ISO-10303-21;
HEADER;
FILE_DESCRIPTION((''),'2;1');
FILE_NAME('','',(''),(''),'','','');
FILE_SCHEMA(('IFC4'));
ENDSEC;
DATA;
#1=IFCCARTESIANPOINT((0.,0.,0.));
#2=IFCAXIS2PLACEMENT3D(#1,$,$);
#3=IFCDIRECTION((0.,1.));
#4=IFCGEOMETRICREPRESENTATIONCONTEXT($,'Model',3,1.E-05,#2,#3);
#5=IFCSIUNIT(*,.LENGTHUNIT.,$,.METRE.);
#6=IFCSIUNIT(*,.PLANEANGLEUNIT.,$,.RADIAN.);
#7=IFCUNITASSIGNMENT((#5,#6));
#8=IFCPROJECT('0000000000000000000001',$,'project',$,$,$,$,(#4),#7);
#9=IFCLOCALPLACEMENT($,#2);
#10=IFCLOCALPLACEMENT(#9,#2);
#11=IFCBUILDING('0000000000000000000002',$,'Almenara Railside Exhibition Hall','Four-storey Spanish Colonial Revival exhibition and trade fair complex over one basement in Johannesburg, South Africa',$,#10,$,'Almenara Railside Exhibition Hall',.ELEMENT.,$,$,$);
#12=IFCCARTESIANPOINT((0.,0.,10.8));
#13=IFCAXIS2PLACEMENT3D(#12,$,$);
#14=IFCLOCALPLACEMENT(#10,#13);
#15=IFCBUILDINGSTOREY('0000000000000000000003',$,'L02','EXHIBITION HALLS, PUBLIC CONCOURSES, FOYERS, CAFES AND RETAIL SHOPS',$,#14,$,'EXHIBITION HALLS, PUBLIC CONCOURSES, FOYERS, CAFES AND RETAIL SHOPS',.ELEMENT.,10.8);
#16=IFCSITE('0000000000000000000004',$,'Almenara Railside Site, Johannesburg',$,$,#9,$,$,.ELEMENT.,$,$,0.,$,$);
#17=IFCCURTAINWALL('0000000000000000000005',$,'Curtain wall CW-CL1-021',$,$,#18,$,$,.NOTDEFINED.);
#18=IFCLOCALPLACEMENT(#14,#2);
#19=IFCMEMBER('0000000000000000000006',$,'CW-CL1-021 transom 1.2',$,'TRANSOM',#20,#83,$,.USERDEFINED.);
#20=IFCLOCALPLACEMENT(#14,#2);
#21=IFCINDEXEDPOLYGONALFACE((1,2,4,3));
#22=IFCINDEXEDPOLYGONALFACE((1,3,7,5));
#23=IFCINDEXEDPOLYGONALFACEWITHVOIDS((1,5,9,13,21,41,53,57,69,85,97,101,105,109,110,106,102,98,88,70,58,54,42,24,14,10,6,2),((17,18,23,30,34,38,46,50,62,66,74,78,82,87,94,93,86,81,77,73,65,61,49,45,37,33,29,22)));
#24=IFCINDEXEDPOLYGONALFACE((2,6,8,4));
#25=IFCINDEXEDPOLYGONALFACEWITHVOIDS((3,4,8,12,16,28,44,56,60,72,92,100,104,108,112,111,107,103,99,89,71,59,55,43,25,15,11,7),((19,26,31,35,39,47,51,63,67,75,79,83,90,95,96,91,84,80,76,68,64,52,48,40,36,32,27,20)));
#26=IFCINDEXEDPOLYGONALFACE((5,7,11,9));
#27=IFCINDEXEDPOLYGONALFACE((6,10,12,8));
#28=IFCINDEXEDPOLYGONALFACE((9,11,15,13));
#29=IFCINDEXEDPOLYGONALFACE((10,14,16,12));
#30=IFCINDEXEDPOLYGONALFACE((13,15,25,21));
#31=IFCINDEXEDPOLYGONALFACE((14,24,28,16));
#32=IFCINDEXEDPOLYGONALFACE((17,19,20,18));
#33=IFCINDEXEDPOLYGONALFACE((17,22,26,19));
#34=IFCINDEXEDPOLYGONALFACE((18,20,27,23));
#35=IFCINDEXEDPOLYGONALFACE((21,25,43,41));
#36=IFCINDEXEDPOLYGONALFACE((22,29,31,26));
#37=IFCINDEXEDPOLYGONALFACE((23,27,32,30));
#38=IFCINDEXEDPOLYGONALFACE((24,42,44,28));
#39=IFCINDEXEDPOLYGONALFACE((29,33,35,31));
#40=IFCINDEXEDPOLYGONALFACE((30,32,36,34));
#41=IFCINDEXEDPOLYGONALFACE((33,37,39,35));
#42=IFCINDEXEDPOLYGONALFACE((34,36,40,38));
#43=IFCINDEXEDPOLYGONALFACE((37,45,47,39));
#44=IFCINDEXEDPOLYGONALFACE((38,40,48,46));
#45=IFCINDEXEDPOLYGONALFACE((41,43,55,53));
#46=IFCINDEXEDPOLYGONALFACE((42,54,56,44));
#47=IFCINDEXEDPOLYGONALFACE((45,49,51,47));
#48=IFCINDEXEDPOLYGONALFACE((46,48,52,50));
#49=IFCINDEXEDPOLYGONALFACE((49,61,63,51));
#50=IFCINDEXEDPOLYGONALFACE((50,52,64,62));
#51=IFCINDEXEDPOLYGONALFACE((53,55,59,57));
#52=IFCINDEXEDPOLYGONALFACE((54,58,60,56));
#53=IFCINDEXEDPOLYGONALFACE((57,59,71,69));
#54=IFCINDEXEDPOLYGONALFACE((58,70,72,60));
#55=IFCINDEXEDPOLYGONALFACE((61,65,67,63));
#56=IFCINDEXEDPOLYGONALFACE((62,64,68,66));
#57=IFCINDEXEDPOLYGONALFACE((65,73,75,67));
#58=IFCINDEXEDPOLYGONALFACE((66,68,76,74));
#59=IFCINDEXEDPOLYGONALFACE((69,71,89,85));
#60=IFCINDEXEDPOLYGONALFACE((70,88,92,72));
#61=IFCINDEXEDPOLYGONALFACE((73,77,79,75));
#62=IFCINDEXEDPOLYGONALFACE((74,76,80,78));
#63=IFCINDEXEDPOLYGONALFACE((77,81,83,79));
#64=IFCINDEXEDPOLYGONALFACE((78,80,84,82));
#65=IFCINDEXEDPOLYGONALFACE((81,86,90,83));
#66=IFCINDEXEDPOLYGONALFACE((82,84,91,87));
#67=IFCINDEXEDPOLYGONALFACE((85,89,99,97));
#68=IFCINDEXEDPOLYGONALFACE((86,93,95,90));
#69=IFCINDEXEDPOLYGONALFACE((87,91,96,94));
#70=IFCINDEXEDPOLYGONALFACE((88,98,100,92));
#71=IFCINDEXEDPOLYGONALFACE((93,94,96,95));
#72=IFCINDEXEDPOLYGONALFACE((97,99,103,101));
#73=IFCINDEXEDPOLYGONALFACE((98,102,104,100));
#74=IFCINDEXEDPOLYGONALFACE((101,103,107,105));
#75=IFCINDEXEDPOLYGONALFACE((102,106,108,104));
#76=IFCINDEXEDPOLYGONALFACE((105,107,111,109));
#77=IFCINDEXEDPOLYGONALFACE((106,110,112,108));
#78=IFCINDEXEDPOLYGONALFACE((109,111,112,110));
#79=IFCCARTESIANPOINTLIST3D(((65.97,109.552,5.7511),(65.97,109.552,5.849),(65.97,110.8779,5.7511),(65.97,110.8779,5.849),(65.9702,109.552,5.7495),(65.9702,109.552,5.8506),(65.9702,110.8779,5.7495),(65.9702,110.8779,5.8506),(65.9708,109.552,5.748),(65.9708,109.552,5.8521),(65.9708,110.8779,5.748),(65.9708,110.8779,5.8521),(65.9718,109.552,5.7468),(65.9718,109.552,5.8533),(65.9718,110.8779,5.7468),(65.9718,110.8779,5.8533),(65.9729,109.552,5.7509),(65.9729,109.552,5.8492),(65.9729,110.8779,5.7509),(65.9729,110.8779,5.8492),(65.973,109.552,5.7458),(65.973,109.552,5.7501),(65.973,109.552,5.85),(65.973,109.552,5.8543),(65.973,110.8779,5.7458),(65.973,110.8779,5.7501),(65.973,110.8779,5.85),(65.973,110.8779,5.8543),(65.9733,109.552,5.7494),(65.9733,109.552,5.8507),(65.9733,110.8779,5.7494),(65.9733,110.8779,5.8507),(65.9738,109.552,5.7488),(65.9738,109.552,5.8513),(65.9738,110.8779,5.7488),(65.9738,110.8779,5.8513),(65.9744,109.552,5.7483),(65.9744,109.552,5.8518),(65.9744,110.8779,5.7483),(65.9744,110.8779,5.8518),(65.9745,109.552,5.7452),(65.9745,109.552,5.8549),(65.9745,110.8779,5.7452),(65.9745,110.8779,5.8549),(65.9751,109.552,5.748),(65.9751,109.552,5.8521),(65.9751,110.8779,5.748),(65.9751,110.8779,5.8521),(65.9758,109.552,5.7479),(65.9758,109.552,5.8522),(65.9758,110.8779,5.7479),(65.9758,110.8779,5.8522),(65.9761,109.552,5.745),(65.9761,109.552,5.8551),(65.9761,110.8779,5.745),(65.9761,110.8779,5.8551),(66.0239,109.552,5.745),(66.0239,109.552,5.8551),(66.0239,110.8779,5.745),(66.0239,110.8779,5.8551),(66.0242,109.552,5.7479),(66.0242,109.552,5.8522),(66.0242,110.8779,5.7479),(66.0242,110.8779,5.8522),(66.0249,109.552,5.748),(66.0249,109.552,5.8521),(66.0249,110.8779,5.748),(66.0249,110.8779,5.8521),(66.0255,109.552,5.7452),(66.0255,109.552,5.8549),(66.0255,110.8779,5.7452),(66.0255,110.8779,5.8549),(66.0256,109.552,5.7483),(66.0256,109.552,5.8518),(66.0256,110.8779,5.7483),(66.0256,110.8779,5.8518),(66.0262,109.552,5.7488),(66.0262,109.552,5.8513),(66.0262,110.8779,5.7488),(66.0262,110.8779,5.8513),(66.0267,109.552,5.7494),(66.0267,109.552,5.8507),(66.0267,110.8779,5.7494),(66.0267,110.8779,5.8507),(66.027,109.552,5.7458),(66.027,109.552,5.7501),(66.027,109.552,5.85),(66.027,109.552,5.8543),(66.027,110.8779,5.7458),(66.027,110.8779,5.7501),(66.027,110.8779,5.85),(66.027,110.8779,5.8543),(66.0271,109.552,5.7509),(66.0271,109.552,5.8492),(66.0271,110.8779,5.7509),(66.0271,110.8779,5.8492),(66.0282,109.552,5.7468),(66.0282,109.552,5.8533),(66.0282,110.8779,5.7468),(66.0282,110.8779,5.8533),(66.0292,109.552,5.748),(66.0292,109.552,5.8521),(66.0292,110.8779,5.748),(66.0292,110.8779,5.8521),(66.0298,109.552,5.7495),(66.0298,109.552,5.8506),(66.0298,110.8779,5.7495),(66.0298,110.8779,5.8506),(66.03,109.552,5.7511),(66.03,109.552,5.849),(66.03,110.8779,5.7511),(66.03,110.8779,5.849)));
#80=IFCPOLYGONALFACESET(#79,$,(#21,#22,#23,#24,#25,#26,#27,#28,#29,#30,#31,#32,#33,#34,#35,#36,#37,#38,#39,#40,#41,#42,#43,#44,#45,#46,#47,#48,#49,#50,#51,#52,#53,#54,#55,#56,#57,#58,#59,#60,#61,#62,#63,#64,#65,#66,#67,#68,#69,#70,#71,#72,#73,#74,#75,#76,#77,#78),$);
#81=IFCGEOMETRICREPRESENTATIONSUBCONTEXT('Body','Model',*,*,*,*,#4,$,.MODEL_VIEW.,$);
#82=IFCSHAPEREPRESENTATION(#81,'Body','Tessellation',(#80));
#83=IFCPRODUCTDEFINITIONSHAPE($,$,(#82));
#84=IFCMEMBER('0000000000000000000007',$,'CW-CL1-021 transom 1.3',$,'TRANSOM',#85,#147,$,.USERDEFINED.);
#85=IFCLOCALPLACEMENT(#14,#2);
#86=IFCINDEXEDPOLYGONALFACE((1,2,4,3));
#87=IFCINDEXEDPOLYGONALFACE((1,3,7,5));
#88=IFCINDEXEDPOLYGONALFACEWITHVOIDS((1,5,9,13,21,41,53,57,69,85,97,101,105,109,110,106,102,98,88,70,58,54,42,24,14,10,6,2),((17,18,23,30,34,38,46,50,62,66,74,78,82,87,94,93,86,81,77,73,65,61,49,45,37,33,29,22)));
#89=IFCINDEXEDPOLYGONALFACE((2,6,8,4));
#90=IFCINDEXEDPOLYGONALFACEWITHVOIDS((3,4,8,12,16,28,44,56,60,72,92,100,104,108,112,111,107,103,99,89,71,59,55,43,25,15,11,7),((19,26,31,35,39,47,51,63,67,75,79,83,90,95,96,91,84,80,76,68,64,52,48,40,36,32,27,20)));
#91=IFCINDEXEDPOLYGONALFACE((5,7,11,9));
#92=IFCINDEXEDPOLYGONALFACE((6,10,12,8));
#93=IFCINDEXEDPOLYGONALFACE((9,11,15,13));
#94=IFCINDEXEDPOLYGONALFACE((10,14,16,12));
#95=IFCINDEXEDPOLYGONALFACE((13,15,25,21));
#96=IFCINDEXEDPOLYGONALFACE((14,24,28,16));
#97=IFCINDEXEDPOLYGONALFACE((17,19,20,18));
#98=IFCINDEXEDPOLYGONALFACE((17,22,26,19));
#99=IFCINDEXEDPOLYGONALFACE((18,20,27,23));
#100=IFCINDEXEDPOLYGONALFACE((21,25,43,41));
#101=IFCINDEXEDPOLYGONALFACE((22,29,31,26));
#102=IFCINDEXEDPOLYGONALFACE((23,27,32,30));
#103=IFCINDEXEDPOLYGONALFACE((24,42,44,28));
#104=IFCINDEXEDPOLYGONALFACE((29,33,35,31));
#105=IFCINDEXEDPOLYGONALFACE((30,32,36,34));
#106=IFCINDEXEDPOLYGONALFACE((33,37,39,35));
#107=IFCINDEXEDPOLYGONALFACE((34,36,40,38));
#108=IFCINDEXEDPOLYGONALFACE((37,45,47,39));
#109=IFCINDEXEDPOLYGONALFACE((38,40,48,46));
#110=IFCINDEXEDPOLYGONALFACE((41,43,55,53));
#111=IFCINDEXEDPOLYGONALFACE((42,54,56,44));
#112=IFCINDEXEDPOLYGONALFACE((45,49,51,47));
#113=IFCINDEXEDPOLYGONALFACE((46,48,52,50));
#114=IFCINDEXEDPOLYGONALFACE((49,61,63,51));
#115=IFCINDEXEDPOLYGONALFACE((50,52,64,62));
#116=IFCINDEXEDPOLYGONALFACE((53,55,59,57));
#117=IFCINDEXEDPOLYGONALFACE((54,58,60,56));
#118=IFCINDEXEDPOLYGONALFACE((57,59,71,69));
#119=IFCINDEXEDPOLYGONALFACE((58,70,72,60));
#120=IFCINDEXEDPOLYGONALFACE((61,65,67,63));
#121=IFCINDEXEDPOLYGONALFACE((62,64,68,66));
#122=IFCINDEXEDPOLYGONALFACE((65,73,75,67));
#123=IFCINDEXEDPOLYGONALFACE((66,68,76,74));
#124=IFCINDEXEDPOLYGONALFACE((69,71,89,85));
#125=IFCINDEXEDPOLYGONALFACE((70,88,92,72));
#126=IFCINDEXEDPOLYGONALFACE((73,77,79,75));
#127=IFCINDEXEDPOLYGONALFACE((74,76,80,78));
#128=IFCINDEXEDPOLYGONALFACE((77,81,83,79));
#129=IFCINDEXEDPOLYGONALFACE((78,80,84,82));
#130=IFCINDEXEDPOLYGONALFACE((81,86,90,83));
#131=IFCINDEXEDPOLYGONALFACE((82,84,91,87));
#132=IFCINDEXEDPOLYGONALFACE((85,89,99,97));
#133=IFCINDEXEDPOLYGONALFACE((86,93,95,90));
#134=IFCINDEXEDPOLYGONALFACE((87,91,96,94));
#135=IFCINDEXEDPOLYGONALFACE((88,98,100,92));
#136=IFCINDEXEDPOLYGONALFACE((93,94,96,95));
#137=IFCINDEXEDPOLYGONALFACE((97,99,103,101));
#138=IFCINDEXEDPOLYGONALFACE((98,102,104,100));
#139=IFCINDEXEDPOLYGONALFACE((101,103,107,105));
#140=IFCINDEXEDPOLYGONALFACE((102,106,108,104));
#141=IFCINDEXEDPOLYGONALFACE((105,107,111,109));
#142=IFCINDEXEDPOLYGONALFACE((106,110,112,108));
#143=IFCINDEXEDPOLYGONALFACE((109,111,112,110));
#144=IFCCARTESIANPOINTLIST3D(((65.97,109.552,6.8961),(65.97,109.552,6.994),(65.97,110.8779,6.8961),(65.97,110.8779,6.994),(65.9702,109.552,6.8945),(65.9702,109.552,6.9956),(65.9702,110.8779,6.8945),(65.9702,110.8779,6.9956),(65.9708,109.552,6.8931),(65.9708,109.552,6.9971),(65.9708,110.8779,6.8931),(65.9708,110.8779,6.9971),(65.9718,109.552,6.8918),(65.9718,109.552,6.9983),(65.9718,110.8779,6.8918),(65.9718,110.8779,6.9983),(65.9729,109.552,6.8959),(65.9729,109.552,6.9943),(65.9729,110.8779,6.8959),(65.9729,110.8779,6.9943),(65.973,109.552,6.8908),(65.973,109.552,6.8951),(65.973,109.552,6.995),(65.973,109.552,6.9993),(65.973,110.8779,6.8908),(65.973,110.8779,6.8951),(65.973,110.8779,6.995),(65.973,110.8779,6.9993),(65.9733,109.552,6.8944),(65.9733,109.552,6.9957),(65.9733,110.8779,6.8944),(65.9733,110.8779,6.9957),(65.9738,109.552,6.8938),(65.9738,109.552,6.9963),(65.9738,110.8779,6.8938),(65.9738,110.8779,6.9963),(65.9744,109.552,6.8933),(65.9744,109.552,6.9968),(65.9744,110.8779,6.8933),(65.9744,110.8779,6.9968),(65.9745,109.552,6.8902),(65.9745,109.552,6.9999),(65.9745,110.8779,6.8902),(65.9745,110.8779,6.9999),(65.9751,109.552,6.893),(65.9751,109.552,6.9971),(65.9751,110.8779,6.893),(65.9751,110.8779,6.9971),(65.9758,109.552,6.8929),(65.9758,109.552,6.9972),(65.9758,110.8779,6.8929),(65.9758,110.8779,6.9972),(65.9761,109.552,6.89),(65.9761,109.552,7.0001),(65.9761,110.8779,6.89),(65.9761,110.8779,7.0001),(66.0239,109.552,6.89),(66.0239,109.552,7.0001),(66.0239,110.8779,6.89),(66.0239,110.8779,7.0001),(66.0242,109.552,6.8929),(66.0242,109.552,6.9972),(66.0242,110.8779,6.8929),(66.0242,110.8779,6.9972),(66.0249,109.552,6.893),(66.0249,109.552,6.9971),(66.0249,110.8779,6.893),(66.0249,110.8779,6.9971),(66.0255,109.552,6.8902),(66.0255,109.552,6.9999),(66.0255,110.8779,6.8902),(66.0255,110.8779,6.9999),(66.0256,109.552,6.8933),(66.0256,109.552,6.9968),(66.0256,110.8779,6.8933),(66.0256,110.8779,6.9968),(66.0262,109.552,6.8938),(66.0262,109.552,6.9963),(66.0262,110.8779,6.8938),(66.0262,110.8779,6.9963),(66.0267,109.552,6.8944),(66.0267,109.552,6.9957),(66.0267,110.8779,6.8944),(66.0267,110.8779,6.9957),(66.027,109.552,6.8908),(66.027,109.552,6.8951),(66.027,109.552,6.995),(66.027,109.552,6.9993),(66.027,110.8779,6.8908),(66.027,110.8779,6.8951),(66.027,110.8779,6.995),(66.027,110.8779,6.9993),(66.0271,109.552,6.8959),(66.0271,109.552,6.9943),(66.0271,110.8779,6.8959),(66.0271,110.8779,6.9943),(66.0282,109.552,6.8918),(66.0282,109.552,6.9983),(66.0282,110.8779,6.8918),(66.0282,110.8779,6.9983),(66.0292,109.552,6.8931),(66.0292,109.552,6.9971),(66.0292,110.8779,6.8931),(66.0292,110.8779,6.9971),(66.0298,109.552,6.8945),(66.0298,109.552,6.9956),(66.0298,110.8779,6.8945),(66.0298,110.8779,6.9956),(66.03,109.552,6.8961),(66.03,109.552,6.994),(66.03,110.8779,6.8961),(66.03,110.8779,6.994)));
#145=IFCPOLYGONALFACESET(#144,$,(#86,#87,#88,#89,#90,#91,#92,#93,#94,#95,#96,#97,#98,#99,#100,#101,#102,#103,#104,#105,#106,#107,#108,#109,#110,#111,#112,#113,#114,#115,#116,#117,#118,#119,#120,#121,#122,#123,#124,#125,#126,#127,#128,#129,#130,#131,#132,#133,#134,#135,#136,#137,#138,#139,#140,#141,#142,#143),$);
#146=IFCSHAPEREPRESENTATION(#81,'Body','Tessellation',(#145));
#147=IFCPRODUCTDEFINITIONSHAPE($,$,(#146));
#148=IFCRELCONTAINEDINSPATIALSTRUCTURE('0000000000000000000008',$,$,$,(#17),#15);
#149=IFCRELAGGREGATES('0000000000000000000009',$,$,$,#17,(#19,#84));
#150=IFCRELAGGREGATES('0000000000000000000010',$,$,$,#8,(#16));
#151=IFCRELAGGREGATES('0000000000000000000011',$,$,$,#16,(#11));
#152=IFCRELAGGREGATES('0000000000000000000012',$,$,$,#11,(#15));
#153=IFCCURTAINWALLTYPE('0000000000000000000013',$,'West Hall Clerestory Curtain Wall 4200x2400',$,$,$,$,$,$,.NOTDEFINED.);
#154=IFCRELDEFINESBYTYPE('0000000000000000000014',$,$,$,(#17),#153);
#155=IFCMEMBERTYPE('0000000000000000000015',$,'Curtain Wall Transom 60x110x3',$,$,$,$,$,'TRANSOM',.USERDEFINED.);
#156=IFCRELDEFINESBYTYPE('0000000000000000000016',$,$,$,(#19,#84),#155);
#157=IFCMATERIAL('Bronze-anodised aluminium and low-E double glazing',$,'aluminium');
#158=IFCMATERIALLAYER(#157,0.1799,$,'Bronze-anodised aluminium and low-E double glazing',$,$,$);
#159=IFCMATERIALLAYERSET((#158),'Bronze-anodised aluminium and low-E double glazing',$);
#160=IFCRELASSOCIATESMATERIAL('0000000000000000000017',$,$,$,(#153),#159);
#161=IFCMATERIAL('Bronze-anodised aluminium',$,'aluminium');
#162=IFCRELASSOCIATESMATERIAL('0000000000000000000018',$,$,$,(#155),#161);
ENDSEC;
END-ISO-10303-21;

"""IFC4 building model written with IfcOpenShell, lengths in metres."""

from ifc_helpers import new_model, si_unit, direction, frame, origin, origin_2d, place, context, subcontext, project, spatial, hollow_rectangle, extrude, material, layer, layer_set, material_profile, profile_set, type_object, element, aggregate, save


model = new_model("IFC4")

# Units and contexts
model_context = context("Model", 3, precision=1e-05, world=origin(), true_north=direction((0.0, 1.0)))
body_context = subcontext(model_context, "Body", "Model", "MODEL_VIEW")
ifc_project = project(units=[si_unit("LENGTHUNIT", "METRE"), si_unit("PLANEANGLEUNIT", "RADIAN")], contexts=[model_context])

# Site, building, storey
site_placement = place(None, origin())
site = spatial("IfcSite", under=ifc_project, at=site_placement, Name="Almenara Railside Site, Johannesburg", CompositionType="ELEMENT", RefElevation=0.0)
building_placement = place(site_placement, origin())
building = spatial("IfcBuilding", under=site, at=building_placement, Name="Almenara Railside Exhibition Hall", Description="Four-storey Spanish Colonial Revival exhibition and trade fair complex over one basement in Johannesburg, South Africa", LongName="Almenara Railside Exhibition Hall", CompositionType="ELEMENT")
storey_placement = place(building_placement, frame((0.0, 0.0, 10.8)))
storey = spatial("IfcBuildingStorey", under=building, at=storey_placement, Name="L02", Description="EXHIBITION HALLS, PUBLIC CONCOURSES, FOYERS, CAFES AND RETAIL SHOPS", LongName="EXHIBITION HALLS, PUBLIC CONCOURSES, FOYERS, CAFES AND RETAIL SHOPS", CompositionType="ELEMENT", Elevation=10.8)

# Curtain wall
ifc_material_1 = material(Name="Bronze-anodised aluminium and low-E double glazing", Category="aluminium")
ifc_layer_1 = layer(ifc_material_1, 0.1799, Name="Bronze-anodised aluminium and low-E double glazing")
ifc_layer_set_1 = layer_set([ifc_layer_1], Name="Bronze-anodised aluminium and low-E double glazing")
curtain_wall_type = type_object("IfcCurtainWallType", Name="West Hall Clerestory Curtain Wall 4200x2400", PredefinedType="NOTDEFINED", material=ifc_layer_set_1)
ifc_material_2 = material(Name="Bronze-anodised aluminium", Category="aluminium")
curtain_wall_1_placement = place(storey_placement, origin())
curtain_wall_1 = element("IfcCurtainWall", 1, at=curtain_wall_1_placement, inside=storey, type_object=curtain_wall_type, Name="Curtain wall CW-CL1-021", PredefinedType="NOTDEFINED")

# Members
ifc_material_profile_1 = material_profile(ifc_material_2, hollow_rectangle(XDim=0.0601, YDim=0.1101, WallThickness=0.0029, InnerFilletRadius=0.0029, OuterFilletRadius=0.0061, at=origin_2d()), Name="ALU-TRN 60x110x3")
ifc_profile_set_1 = profile_set([ifc_material_profile_1], Name="Bronze-anodised aluminium")
member_type_1 = type_object("IfcMemberType", Name="Curtain Wall Transom 60x110x3", ElementType="TRANSOM", PredefinedType="USERDEFINED", material=ifc_profile_set_1)
member_1_placement = place(storey_placement, frame((66.0, 109.552, 5.8), z_axis=(0.0, 1.0, 0.0), x_axis=(-1.0, 0.0, 0.0)))
member_1 = element("IfcMember", 2, at=member_1_placement, type_object=member_type_1, Name="CW-CL1-021 transom 1.2", ObjectType="TRANSOM", PredefinedType="USERDEFINED", context=body_context, shape_type="SweptSolid", body=[
    extrude(hollow_rectangle(XDim=0.0601, YDim=0.1101, WallThickness=0.0029, InnerFilletRadius=0.0029, OuterFilletRadius=0.0061, at=origin_2d()), origin(), (0.0, 0.0, 1.0), 1.3259),
])
member_2_placement = place(storey_placement, frame((66.0, 109.552, 6.9451), z_axis=(0.0, 1.0, 0.0), x_axis=(-1.0, 0.0, 0.0)))
member_2 = element("IfcMember", 3, at=member_2_placement, type_object=member_type_1, Name="CW-CL1-021 transom 1.3", ObjectType="TRANSOM", PredefinedType="USERDEFINED", context=body_context, shape_type="SweptSolid", body=[
    extrude(hollow_rectangle(XDim=0.0601, YDim=0.1101, WallThickness=0.0029, InnerFilletRadius=0.0029, OuterFilletRadius=0.0061, at=origin_2d()), origin(), (0.0, 0.0, 1.0), 1.3259),
])

aggregate(curtain_wall_1, [member_1, member_2])

save(model, "model.ifc")
